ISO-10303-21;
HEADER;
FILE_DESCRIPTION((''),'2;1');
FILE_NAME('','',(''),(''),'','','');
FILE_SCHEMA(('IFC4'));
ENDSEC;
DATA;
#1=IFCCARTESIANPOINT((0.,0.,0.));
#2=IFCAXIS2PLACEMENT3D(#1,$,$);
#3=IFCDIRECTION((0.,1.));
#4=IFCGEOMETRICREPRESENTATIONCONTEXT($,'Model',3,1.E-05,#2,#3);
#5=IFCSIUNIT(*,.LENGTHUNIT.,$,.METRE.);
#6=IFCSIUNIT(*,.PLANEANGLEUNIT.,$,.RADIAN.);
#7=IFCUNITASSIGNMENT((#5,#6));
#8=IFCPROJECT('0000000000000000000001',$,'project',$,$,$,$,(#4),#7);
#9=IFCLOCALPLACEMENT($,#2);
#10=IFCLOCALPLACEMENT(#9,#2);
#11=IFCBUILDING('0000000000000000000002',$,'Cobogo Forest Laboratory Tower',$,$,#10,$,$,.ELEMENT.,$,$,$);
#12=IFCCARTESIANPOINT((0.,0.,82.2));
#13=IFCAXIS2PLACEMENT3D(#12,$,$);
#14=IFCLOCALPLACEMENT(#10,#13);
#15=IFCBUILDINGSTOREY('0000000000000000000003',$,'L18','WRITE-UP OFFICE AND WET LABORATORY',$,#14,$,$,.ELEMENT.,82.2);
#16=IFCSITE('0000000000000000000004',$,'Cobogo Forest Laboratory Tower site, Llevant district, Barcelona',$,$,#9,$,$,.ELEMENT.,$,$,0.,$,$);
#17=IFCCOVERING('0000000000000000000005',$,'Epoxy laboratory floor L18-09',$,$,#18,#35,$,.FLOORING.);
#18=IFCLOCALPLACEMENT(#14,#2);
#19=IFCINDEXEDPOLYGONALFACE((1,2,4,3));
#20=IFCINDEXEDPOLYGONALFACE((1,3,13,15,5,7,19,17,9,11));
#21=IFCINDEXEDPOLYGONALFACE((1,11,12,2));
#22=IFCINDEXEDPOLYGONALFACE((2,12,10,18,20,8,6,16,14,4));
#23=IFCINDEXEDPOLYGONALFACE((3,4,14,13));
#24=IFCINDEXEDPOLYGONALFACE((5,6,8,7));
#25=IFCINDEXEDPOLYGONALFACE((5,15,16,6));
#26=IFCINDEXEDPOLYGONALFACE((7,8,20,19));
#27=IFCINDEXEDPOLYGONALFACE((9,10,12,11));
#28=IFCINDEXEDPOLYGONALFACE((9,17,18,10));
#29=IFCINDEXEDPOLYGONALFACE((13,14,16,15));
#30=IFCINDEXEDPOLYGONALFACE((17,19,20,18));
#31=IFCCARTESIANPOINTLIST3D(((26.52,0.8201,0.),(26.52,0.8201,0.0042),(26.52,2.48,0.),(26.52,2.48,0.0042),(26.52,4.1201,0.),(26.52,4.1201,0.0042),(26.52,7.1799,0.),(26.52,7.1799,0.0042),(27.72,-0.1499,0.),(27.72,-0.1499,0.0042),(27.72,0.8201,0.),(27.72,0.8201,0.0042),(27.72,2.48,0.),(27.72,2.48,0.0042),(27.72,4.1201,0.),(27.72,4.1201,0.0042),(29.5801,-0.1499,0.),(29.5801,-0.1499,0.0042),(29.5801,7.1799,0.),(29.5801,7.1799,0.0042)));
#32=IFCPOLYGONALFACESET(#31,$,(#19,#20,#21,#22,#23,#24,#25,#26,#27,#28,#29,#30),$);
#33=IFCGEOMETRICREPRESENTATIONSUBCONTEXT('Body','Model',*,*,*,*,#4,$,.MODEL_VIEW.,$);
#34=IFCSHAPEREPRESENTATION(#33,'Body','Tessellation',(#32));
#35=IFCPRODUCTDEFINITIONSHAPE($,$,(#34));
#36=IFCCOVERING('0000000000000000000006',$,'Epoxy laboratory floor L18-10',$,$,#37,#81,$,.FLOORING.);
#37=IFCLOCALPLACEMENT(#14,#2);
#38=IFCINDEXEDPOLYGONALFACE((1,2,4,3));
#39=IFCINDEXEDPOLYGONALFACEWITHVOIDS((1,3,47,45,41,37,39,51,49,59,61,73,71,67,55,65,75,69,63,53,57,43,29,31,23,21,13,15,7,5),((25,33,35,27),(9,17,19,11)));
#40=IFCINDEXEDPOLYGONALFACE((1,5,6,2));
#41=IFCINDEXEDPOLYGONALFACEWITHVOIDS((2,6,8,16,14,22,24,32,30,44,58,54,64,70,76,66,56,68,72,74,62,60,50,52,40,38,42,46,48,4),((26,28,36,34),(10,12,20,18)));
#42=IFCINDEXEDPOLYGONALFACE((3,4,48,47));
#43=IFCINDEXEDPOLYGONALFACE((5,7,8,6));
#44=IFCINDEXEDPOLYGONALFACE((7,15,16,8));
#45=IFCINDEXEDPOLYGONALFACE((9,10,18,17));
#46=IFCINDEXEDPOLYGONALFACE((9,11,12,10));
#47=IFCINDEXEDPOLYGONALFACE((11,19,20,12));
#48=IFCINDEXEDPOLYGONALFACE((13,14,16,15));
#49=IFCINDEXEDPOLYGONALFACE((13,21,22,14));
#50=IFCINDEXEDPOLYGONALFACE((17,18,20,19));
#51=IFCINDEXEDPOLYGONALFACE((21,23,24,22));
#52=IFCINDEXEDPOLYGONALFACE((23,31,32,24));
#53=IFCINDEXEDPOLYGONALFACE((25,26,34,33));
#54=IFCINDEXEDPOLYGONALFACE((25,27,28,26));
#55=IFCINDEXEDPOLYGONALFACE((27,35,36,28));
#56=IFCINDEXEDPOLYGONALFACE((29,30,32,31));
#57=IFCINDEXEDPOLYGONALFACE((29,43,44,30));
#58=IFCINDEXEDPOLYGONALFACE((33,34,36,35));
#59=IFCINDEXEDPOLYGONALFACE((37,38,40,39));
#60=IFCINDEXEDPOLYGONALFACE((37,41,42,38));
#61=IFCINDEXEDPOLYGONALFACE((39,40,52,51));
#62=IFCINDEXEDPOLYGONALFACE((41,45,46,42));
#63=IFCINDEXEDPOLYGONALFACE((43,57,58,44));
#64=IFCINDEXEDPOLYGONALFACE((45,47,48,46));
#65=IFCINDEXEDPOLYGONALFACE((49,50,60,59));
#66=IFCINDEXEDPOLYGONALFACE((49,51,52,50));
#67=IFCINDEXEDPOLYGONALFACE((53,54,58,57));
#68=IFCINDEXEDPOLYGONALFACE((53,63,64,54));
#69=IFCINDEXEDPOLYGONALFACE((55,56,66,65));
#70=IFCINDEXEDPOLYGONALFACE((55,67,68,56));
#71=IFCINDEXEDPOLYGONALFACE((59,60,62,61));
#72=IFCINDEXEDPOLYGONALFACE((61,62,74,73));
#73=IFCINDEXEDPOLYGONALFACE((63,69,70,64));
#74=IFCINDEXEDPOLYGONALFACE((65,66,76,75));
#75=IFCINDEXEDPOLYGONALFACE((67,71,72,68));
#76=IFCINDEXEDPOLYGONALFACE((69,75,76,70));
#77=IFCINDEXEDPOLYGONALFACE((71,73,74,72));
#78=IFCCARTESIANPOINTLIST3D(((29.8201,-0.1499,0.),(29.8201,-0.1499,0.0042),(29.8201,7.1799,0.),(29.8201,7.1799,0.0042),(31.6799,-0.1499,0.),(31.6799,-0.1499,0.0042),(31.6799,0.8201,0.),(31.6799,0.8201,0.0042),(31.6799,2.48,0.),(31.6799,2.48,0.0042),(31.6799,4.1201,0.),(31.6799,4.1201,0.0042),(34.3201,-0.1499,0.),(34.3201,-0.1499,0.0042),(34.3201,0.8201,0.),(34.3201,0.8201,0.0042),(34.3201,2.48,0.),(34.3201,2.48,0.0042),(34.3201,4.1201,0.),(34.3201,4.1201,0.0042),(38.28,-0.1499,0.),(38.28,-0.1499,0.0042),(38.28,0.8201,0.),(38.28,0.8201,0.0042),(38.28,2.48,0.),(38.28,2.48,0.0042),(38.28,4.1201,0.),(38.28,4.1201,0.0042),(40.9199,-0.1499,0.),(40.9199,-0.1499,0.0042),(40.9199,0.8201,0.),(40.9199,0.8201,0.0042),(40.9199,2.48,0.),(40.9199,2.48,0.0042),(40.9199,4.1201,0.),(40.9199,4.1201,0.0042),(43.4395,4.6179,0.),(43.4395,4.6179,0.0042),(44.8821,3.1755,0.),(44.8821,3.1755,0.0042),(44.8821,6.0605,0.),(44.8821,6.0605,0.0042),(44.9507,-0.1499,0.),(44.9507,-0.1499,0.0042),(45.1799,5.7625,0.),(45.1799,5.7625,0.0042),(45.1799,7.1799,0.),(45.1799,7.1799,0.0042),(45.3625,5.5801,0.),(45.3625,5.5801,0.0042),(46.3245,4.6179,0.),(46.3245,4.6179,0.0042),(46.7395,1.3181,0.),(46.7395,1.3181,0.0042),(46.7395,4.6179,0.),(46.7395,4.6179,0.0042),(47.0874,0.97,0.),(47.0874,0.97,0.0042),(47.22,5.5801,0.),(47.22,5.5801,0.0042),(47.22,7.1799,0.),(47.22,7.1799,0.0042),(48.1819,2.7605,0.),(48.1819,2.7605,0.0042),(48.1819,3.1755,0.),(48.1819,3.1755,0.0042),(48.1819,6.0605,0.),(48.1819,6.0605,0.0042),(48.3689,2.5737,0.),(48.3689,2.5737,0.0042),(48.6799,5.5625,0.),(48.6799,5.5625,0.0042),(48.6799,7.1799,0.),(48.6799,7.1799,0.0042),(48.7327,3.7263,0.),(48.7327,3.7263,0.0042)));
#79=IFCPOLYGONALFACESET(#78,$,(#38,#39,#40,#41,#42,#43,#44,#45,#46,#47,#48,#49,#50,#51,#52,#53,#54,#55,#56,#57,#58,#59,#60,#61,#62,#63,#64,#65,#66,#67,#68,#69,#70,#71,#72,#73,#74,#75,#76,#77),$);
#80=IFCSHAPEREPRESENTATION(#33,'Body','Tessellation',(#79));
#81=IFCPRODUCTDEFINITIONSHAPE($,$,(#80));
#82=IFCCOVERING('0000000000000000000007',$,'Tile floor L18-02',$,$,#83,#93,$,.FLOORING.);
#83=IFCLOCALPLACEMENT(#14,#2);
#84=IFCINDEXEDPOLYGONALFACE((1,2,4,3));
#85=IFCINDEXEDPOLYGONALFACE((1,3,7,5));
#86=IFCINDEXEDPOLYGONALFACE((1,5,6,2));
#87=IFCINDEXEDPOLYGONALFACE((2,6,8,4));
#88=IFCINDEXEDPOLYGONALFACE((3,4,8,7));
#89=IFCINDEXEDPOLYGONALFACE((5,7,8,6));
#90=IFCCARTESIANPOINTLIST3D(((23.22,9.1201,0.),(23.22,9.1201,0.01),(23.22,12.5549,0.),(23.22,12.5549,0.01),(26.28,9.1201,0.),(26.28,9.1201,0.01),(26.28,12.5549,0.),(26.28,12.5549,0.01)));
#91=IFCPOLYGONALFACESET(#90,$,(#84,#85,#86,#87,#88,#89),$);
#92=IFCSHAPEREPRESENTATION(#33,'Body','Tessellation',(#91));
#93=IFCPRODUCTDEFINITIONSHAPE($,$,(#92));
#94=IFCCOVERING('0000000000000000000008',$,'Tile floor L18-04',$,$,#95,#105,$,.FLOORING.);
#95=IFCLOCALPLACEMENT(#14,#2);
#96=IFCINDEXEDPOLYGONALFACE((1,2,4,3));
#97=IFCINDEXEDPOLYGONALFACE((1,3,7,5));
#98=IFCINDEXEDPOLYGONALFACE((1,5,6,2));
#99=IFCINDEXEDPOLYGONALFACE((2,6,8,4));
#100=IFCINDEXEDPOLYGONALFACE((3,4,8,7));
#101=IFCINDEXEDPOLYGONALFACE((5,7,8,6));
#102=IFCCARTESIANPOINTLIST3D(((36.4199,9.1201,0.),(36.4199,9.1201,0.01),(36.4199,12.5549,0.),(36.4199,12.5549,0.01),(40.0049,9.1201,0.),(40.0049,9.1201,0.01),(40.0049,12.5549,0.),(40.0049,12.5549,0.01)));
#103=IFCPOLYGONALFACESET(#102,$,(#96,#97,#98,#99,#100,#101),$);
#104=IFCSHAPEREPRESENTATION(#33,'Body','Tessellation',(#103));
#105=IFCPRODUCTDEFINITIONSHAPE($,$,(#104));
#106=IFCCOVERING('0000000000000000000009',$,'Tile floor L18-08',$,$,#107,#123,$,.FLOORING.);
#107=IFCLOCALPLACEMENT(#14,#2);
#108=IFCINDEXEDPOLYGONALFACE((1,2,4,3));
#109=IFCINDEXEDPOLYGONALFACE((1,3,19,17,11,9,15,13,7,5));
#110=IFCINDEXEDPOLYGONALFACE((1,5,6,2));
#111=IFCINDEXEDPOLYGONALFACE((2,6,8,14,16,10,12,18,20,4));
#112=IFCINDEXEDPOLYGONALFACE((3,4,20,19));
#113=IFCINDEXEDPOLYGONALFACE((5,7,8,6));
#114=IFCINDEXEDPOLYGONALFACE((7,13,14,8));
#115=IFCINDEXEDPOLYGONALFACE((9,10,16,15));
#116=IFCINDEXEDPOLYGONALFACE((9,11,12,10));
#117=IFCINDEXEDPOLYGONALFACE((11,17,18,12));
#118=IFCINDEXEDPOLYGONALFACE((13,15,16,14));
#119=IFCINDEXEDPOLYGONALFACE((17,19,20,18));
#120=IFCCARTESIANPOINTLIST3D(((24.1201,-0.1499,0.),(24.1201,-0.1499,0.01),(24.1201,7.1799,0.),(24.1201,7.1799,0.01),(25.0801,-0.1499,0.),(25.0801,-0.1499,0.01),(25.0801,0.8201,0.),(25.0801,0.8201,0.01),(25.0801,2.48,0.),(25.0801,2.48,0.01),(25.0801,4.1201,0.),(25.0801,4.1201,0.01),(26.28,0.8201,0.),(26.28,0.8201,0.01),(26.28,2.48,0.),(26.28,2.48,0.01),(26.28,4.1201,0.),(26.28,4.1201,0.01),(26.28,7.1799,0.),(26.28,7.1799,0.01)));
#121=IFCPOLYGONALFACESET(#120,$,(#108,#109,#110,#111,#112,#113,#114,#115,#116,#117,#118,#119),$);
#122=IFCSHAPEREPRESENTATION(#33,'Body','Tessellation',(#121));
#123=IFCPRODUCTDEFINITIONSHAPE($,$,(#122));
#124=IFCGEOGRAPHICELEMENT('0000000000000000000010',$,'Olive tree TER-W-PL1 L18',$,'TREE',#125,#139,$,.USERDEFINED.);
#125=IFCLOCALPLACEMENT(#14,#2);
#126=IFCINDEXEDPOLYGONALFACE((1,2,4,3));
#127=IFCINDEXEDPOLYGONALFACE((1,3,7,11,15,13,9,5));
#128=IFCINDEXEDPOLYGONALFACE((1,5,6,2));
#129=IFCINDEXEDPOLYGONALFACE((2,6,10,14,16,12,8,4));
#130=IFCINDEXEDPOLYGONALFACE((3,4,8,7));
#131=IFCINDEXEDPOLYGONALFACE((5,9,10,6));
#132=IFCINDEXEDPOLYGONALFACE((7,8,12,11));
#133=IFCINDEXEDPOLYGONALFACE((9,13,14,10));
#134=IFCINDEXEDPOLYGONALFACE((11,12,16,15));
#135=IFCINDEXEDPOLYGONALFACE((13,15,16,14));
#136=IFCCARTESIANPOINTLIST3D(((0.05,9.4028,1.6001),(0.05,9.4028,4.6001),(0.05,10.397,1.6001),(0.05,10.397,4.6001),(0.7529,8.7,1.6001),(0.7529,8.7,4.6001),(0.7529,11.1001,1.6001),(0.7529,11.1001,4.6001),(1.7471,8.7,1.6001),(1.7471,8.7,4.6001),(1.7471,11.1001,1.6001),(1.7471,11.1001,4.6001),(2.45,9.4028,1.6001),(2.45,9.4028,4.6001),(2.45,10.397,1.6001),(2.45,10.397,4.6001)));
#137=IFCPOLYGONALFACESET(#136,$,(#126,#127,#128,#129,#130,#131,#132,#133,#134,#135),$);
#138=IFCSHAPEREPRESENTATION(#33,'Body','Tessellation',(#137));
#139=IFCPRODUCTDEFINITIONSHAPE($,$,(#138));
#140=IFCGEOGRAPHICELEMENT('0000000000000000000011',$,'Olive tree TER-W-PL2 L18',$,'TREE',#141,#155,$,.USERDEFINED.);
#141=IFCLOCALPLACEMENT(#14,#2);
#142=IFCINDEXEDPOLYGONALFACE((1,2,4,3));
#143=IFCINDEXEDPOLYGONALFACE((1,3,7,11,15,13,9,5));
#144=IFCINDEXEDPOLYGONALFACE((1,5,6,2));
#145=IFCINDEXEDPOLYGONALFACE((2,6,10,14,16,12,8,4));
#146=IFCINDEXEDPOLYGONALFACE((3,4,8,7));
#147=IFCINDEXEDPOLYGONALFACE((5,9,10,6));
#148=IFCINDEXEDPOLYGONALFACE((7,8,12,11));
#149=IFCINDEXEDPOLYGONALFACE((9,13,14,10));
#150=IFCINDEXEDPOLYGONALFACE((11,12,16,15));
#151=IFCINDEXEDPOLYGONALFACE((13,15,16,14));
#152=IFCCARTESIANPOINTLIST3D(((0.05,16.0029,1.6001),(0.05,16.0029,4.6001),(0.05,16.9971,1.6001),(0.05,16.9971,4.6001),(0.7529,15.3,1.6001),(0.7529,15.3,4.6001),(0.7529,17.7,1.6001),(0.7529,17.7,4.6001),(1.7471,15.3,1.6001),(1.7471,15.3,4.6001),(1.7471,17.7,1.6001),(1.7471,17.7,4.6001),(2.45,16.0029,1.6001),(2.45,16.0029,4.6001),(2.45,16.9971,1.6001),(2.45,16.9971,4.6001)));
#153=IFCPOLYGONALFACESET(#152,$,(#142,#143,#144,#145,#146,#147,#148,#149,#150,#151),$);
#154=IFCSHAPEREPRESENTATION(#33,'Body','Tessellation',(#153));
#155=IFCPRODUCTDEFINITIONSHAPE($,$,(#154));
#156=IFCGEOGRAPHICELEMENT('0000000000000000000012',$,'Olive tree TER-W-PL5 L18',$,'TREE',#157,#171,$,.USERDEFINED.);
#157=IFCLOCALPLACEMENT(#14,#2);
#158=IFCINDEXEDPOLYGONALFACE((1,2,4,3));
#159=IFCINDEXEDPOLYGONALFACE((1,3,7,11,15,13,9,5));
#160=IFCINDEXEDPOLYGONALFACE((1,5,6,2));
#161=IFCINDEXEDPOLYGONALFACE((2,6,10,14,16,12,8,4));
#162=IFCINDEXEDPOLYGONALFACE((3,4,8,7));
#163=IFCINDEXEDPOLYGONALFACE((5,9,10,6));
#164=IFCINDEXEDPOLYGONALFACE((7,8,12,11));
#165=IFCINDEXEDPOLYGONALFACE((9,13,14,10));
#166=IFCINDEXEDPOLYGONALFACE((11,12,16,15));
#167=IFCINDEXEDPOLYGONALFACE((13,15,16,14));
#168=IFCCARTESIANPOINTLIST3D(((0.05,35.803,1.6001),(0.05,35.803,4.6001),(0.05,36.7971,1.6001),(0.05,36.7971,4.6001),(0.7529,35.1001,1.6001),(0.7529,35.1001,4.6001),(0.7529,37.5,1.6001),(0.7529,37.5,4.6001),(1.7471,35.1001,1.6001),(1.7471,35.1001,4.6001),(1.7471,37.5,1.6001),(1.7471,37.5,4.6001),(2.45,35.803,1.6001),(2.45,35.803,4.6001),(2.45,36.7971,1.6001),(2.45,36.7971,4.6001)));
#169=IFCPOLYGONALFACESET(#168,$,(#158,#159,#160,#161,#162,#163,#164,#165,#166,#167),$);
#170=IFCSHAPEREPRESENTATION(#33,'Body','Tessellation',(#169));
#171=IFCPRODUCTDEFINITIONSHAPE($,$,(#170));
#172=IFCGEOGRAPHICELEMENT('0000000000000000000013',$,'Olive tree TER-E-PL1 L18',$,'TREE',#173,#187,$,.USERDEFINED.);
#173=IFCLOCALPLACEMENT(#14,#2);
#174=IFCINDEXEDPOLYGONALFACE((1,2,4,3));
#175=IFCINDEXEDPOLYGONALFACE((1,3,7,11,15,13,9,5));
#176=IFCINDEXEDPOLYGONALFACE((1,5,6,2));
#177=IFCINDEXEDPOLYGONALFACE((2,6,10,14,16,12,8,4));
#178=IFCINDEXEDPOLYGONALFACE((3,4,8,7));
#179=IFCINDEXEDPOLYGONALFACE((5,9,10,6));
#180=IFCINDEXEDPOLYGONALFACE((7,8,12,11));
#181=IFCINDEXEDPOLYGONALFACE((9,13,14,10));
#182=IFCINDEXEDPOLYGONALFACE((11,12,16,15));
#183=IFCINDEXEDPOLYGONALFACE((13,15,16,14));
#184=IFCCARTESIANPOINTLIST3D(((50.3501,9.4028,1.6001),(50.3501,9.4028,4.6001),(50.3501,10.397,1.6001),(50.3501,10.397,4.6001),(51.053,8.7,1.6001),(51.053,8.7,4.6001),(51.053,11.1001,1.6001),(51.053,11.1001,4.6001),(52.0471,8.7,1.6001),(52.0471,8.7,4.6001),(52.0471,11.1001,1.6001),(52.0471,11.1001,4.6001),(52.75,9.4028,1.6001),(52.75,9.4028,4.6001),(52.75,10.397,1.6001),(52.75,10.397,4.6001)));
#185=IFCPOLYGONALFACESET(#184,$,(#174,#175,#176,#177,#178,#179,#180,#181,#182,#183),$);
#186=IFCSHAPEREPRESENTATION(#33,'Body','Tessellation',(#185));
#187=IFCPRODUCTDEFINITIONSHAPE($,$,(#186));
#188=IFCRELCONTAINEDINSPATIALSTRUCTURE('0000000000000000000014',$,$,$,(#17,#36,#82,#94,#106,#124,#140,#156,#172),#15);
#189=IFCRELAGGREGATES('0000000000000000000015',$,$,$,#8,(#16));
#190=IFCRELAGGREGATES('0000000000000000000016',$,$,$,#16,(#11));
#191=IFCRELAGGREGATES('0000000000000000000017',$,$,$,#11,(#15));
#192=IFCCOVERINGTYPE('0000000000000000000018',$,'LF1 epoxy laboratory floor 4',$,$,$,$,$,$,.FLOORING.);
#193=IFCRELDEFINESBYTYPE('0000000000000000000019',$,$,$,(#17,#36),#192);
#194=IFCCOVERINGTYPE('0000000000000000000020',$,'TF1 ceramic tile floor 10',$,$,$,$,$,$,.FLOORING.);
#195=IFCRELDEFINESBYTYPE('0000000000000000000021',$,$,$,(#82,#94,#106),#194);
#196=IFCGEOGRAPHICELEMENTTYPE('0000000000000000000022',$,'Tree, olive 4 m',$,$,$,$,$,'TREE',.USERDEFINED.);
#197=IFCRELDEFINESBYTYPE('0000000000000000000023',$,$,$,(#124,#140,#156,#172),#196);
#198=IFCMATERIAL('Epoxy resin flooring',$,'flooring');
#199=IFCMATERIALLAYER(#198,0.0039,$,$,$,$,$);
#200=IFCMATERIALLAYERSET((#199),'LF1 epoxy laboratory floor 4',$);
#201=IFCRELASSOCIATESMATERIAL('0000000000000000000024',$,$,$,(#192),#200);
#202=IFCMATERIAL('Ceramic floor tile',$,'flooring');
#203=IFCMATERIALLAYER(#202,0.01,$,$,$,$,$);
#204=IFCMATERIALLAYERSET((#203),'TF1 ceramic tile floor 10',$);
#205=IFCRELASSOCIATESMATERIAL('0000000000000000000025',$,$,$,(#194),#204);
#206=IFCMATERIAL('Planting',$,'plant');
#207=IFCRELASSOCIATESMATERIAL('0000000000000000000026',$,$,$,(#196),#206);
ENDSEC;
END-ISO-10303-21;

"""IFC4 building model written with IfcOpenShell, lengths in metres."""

from ifc_helpers import new_model, si_unit, direction, frame, origin, place, context, subcontext, project, spatial, polyline, outline, extrude, material, layer, layer_set, type_object, element, save


model = new_model("IFC4")

# Units and contexts
model_context = context("Model", 3, precision=1e-05, world=origin(), true_north=direction((0.0, 1.0)))
body_context = subcontext(model_context, "Body", "Model", "MODEL_VIEW")
ifc_project = project(units=[si_unit("LENGTHUNIT", "METRE"), si_unit("PLANEANGLEUNIT", "RADIAN")], contexts=[model_context])

# Site, building, storey
site_placement = place(None, origin())
site = spatial("IfcSite", under=ifc_project, at=site_placement, Name="Cobogo Forest Laboratory Tower site, Llevant district, Barcelona", CompositionType="ELEMENT", RefElevation=0.0)
building_placement = place(site_placement, origin())
building = spatial("IfcBuilding", under=site, at=building_placement, Name="Cobogo Forest Laboratory Tower", CompositionType="ELEMENT")
storey_placement = place(building_placement, frame((0.0, 0.0, 82.2)))
storey = spatial("IfcBuildingStorey", under=building, at=storey_placement, Name="L18", Description="WRITE-UP OFFICE AND WET LABORATORY", CompositionType="ELEMENT", Elevation=82.2)

# Coverings
ifc_material_1 = material(Name="Epoxy resin flooring", Category="flooring")
ifc_layer_1 = layer(ifc_material_1, 0.0039)
ifc_layer_set_1 = layer_set([ifc_layer_1], Name="LF1 epoxy laboratory floor 4")
covering_type_1 = type_object("IfcCoveringType", Name="LF1 epoxy laboratory floor 4", PredefinedType="FLOORING", material=ifc_layer_set_1)
covering_1_placement = place(storey_placement, origin())
element("IfcCovering", 1, at=covering_1_placement, inside=storey, type_object=covering_type_1, Name="Epoxy laboratory floor L18-09", PredefinedType="FLOORING", context=body_context, shape_type="SweptSolid", body=[
    extrude(outline(polyline([(29.5801, 7.1799), (29.5801, -0.1499), (27.72, -0.1499), (27.72, 0.8201), (26.52, 0.8201), (26.52, 2.48), (27.72, 2.48), (27.72, 4.1201), (26.52, 4.1201), (26.52, 7.1799), (29.5801, 7.1799)])), origin(), (0.0, 0.0, 1.0), 0.0042),
])
covering_2_placement = place(storey_placement, origin())
element("IfcCovering", 2, at=covering_2_placement, inside=storey, type_object=covering_type_1, Name="Epoxy laboratory floor L18-10", PredefinedType="FLOORING", context=body_context, shape_type="SweptSolid", body=[
    extrude(outline(polyline([(43.4395, 4.6179), (44.8821, 3.1755), (46.3245, 4.6179), (45.3625, 5.5801), (47.22, 5.5801), (47.22, 7.1799), (48.6799, 7.1799), (48.6799, 5.5625), (48.1819, 6.0605), (46.7395, 4.6179), (48.1819, 3.1755), (48.7327, 3.7263), (48.3689, 2.5737), (48.1819, 2.7605), (46.7395, 1.3181), (47.0874, 0.97), (44.9507, -0.1499), (40.9199, -0.1499), (40.9199, 0.8201), (38.28, 0.8201), (38.28, -0.1499), (34.3201, -0.1499), (34.3201, 0.8201), (31.6799, 0.8201), (31.6799, -0.1499), (29.8201, -0.1499), (29.8201, 7.1799), (45.1799, 7.1799), (45.1799, 5.7625), (44.8821, 6.0605), (43.4395, 4.6179)]), holes=[polyline([(38.28, 4.1201), (38.28, 2.48), (40.9199, 2.48), (40.9199, 4.1201), (38.28, 4.1201)]), polyline([(31.6799, 4.1201), (31.6799, 2.48), (34.3201, 2.48), (34.3201, 4.1201), (31.6799, 4.1201)])]), origin(), (0.0, 0.0, 1.0), 0.0042),
])
ifc_material_2 = material(Name="Ceramic floor tile", Category="flooring")
ifc_layer_2 = layer(ifc_material_2, 0.01)
ifc_layer_set_2 = layer_set([ifc_layer_2], Name="TF1 ceramic tile floor 10")
covering_type_2 = type_object("IfcCoveringType", Name="TF1 ceramic tile floor 10", PredefinedType="FLOORING", material=ifc_layer_set_2)
covering_3_placement = place(storey_placement, origin())
element("IfcCovering", 3, at=covering_3_placement, inside=storey, type_object=covering_type_2, Name="Tile floor L18-02", PredefinedType="FLOORING", context=body_context, shape_type="SweptSolid", body=[
    extrude(outline(polyline([(26.28, 9.1201), (23.22, 9.1201), (23.22, 12.5549), (26.28, 12.5549), (26.28, 9.1201)])), origin(), (0.0, 0.0, 1.0), 0.01),
])
covering_4_placement = place(storey_placement, origin())
element("IfcCovering", 4, at=covering_4_placement, inside=storey, type_object=covering_type_2, Name="Tile floor L18-04", PredefinedType="FLOORING", context=body_context, shape_type="SweptSolid", body=[
    extrude(outline(polyline([(40.0049, 9.1201), (36.4199, 9.1201), (36.4199, 12.5549), (40.0049, 12.5549), (40.0049, 9.1201)])), origin(), (0.0, 0.0, 1.0), 0.01),
])
covering_5_placement = place(storey_placement, origin())
element("IfcCovering", 5, at=covering_5_placement, inside=storey, type_object=covering_type_2, Name="Tile floor L18-08", PredefinedType="FLOORING", context=body_context, shape_type="SweptSolid", body=[
    extrude(outline(polyline([(26.28, 7.1799), (26.28, 4.1201), (25.0801, 4.1201), (25.0801, 2.48), (26.28, 2.48), (26.28, 0.8201), (25.0801, 0.8201), (25.0801, -0.1499), (24.1201, -0.1499), (24.1201, 7.1799), (26.28, 7.1799)])), origin(), (0.0, 0.0, 1.0), 0.01),
])

# Geographic elements
ifc_material_3 = material(Name="Planting", Category="plant")
geographic_element_type = type_object("IfcGeographicElementType", Name="Tree, olive 4 m", ElementType="TREE", PredefinedType="USERDEFINED", material=ifc_material_3)
geographic_element_1_placement = place(storey_placement, frame((0.0, 0.0, 1.6001)))
element("IfcGeographicElement", 6, at=geographic_element_1_placement, inside=storey, type_object=geographic_element_type, Name="Olive tree TER-W-PL1 L18", ObjectType="TREE", PredefinedType="USERDEFINED", context=body_context, shape_type="SweptSolid", body=[
    extrude(outline(polyline([(2.45, 9.4028), (2.45, 10.397), (1.7471, 11.1001), (0.7529, 11.1001), (0.05, 10.397), (0.05, 9.4028), (0.7529, 8.7), (1.7471, 8.7), (2.45, 9.4028)])), origin(), (0.0, 0.0, 1.0), 3.0),
])
geographic_element_2_placement = place(storey_placement, frame((0.0, 0.0, 1.6001)))
element("IfcGeographicElement", 7, at=geographic_element_2_placement, inside=storey, type_object=geographic_element_type, Name="Olive tree TER-W-PL2 L18", ObjectType="TREE", PredefinedType="USERDEFINED", context=body_context, shape_type="SweptSolid", body=[
    extrude(outline(polyline([(2.45, 16.0029), (2.45, 16.9971), (1.7471, 17.7), (0.7529, 17.7), (0.05, 16.9971), (0.05, 16.0029), (0.7529, 15.3), (1.7471, 15.3), (2.45, 16.0029)])), origin(), (0.0, 0.0, 1.0), 3.0),
])
geographic_element_3_placement = place(storey_placement, frame((0.0, 0.0, 1.6001)))
element("IfcGeographicElement", 8, at=geographic_element_3_placement, inside=storey, type_object=geographic_element_type, Name="Olive tree TER-W-PL5 L18", ObjectType="TREE", PredefinedType="USERDEFINED", context=body_context, shape_type="SweptSolid", body=[
    extrude(outline(polyline([(2.45, 35.803), (2.45, 36.7971), (1.7471, 37.5), (0.7529, 37.5), (0.05, 36.7971), (0.05, 35.803), (0.7529, 35.1001), (1.7471, 35.1001), (2.45, 35.803)])), origin(), (0.0, 0.0, 1.0), 3.0),
])
geographic_element_4_placement = place(storey_placement, frame((0.0, 0.0, 1.6001)))
element("IfcGeographicElement", 9, at=geographic_element_4_placement, inside=storey, type_object=geographic_element_type, Name="Olive tree TER-E-PL1 L18", ObjectType="TREE", PredefinedType="USERDEFINED", context=body_context, shape_type="SweptSolid", body=[
    extrude(outline(polyline([(52.75, 9.4028), (52.75, 10.397), (52.0471, 11.1001), (51.053, 11.1001), (50.3501, 10.397), (50.3501, 9.4028), (51.053, 8.7), (52.0471, 8.7), (52.75, 9.4028)])), origin(), (0.0, 0.0, 1.0), 3.0),
])

save(model, "model.ifc")
